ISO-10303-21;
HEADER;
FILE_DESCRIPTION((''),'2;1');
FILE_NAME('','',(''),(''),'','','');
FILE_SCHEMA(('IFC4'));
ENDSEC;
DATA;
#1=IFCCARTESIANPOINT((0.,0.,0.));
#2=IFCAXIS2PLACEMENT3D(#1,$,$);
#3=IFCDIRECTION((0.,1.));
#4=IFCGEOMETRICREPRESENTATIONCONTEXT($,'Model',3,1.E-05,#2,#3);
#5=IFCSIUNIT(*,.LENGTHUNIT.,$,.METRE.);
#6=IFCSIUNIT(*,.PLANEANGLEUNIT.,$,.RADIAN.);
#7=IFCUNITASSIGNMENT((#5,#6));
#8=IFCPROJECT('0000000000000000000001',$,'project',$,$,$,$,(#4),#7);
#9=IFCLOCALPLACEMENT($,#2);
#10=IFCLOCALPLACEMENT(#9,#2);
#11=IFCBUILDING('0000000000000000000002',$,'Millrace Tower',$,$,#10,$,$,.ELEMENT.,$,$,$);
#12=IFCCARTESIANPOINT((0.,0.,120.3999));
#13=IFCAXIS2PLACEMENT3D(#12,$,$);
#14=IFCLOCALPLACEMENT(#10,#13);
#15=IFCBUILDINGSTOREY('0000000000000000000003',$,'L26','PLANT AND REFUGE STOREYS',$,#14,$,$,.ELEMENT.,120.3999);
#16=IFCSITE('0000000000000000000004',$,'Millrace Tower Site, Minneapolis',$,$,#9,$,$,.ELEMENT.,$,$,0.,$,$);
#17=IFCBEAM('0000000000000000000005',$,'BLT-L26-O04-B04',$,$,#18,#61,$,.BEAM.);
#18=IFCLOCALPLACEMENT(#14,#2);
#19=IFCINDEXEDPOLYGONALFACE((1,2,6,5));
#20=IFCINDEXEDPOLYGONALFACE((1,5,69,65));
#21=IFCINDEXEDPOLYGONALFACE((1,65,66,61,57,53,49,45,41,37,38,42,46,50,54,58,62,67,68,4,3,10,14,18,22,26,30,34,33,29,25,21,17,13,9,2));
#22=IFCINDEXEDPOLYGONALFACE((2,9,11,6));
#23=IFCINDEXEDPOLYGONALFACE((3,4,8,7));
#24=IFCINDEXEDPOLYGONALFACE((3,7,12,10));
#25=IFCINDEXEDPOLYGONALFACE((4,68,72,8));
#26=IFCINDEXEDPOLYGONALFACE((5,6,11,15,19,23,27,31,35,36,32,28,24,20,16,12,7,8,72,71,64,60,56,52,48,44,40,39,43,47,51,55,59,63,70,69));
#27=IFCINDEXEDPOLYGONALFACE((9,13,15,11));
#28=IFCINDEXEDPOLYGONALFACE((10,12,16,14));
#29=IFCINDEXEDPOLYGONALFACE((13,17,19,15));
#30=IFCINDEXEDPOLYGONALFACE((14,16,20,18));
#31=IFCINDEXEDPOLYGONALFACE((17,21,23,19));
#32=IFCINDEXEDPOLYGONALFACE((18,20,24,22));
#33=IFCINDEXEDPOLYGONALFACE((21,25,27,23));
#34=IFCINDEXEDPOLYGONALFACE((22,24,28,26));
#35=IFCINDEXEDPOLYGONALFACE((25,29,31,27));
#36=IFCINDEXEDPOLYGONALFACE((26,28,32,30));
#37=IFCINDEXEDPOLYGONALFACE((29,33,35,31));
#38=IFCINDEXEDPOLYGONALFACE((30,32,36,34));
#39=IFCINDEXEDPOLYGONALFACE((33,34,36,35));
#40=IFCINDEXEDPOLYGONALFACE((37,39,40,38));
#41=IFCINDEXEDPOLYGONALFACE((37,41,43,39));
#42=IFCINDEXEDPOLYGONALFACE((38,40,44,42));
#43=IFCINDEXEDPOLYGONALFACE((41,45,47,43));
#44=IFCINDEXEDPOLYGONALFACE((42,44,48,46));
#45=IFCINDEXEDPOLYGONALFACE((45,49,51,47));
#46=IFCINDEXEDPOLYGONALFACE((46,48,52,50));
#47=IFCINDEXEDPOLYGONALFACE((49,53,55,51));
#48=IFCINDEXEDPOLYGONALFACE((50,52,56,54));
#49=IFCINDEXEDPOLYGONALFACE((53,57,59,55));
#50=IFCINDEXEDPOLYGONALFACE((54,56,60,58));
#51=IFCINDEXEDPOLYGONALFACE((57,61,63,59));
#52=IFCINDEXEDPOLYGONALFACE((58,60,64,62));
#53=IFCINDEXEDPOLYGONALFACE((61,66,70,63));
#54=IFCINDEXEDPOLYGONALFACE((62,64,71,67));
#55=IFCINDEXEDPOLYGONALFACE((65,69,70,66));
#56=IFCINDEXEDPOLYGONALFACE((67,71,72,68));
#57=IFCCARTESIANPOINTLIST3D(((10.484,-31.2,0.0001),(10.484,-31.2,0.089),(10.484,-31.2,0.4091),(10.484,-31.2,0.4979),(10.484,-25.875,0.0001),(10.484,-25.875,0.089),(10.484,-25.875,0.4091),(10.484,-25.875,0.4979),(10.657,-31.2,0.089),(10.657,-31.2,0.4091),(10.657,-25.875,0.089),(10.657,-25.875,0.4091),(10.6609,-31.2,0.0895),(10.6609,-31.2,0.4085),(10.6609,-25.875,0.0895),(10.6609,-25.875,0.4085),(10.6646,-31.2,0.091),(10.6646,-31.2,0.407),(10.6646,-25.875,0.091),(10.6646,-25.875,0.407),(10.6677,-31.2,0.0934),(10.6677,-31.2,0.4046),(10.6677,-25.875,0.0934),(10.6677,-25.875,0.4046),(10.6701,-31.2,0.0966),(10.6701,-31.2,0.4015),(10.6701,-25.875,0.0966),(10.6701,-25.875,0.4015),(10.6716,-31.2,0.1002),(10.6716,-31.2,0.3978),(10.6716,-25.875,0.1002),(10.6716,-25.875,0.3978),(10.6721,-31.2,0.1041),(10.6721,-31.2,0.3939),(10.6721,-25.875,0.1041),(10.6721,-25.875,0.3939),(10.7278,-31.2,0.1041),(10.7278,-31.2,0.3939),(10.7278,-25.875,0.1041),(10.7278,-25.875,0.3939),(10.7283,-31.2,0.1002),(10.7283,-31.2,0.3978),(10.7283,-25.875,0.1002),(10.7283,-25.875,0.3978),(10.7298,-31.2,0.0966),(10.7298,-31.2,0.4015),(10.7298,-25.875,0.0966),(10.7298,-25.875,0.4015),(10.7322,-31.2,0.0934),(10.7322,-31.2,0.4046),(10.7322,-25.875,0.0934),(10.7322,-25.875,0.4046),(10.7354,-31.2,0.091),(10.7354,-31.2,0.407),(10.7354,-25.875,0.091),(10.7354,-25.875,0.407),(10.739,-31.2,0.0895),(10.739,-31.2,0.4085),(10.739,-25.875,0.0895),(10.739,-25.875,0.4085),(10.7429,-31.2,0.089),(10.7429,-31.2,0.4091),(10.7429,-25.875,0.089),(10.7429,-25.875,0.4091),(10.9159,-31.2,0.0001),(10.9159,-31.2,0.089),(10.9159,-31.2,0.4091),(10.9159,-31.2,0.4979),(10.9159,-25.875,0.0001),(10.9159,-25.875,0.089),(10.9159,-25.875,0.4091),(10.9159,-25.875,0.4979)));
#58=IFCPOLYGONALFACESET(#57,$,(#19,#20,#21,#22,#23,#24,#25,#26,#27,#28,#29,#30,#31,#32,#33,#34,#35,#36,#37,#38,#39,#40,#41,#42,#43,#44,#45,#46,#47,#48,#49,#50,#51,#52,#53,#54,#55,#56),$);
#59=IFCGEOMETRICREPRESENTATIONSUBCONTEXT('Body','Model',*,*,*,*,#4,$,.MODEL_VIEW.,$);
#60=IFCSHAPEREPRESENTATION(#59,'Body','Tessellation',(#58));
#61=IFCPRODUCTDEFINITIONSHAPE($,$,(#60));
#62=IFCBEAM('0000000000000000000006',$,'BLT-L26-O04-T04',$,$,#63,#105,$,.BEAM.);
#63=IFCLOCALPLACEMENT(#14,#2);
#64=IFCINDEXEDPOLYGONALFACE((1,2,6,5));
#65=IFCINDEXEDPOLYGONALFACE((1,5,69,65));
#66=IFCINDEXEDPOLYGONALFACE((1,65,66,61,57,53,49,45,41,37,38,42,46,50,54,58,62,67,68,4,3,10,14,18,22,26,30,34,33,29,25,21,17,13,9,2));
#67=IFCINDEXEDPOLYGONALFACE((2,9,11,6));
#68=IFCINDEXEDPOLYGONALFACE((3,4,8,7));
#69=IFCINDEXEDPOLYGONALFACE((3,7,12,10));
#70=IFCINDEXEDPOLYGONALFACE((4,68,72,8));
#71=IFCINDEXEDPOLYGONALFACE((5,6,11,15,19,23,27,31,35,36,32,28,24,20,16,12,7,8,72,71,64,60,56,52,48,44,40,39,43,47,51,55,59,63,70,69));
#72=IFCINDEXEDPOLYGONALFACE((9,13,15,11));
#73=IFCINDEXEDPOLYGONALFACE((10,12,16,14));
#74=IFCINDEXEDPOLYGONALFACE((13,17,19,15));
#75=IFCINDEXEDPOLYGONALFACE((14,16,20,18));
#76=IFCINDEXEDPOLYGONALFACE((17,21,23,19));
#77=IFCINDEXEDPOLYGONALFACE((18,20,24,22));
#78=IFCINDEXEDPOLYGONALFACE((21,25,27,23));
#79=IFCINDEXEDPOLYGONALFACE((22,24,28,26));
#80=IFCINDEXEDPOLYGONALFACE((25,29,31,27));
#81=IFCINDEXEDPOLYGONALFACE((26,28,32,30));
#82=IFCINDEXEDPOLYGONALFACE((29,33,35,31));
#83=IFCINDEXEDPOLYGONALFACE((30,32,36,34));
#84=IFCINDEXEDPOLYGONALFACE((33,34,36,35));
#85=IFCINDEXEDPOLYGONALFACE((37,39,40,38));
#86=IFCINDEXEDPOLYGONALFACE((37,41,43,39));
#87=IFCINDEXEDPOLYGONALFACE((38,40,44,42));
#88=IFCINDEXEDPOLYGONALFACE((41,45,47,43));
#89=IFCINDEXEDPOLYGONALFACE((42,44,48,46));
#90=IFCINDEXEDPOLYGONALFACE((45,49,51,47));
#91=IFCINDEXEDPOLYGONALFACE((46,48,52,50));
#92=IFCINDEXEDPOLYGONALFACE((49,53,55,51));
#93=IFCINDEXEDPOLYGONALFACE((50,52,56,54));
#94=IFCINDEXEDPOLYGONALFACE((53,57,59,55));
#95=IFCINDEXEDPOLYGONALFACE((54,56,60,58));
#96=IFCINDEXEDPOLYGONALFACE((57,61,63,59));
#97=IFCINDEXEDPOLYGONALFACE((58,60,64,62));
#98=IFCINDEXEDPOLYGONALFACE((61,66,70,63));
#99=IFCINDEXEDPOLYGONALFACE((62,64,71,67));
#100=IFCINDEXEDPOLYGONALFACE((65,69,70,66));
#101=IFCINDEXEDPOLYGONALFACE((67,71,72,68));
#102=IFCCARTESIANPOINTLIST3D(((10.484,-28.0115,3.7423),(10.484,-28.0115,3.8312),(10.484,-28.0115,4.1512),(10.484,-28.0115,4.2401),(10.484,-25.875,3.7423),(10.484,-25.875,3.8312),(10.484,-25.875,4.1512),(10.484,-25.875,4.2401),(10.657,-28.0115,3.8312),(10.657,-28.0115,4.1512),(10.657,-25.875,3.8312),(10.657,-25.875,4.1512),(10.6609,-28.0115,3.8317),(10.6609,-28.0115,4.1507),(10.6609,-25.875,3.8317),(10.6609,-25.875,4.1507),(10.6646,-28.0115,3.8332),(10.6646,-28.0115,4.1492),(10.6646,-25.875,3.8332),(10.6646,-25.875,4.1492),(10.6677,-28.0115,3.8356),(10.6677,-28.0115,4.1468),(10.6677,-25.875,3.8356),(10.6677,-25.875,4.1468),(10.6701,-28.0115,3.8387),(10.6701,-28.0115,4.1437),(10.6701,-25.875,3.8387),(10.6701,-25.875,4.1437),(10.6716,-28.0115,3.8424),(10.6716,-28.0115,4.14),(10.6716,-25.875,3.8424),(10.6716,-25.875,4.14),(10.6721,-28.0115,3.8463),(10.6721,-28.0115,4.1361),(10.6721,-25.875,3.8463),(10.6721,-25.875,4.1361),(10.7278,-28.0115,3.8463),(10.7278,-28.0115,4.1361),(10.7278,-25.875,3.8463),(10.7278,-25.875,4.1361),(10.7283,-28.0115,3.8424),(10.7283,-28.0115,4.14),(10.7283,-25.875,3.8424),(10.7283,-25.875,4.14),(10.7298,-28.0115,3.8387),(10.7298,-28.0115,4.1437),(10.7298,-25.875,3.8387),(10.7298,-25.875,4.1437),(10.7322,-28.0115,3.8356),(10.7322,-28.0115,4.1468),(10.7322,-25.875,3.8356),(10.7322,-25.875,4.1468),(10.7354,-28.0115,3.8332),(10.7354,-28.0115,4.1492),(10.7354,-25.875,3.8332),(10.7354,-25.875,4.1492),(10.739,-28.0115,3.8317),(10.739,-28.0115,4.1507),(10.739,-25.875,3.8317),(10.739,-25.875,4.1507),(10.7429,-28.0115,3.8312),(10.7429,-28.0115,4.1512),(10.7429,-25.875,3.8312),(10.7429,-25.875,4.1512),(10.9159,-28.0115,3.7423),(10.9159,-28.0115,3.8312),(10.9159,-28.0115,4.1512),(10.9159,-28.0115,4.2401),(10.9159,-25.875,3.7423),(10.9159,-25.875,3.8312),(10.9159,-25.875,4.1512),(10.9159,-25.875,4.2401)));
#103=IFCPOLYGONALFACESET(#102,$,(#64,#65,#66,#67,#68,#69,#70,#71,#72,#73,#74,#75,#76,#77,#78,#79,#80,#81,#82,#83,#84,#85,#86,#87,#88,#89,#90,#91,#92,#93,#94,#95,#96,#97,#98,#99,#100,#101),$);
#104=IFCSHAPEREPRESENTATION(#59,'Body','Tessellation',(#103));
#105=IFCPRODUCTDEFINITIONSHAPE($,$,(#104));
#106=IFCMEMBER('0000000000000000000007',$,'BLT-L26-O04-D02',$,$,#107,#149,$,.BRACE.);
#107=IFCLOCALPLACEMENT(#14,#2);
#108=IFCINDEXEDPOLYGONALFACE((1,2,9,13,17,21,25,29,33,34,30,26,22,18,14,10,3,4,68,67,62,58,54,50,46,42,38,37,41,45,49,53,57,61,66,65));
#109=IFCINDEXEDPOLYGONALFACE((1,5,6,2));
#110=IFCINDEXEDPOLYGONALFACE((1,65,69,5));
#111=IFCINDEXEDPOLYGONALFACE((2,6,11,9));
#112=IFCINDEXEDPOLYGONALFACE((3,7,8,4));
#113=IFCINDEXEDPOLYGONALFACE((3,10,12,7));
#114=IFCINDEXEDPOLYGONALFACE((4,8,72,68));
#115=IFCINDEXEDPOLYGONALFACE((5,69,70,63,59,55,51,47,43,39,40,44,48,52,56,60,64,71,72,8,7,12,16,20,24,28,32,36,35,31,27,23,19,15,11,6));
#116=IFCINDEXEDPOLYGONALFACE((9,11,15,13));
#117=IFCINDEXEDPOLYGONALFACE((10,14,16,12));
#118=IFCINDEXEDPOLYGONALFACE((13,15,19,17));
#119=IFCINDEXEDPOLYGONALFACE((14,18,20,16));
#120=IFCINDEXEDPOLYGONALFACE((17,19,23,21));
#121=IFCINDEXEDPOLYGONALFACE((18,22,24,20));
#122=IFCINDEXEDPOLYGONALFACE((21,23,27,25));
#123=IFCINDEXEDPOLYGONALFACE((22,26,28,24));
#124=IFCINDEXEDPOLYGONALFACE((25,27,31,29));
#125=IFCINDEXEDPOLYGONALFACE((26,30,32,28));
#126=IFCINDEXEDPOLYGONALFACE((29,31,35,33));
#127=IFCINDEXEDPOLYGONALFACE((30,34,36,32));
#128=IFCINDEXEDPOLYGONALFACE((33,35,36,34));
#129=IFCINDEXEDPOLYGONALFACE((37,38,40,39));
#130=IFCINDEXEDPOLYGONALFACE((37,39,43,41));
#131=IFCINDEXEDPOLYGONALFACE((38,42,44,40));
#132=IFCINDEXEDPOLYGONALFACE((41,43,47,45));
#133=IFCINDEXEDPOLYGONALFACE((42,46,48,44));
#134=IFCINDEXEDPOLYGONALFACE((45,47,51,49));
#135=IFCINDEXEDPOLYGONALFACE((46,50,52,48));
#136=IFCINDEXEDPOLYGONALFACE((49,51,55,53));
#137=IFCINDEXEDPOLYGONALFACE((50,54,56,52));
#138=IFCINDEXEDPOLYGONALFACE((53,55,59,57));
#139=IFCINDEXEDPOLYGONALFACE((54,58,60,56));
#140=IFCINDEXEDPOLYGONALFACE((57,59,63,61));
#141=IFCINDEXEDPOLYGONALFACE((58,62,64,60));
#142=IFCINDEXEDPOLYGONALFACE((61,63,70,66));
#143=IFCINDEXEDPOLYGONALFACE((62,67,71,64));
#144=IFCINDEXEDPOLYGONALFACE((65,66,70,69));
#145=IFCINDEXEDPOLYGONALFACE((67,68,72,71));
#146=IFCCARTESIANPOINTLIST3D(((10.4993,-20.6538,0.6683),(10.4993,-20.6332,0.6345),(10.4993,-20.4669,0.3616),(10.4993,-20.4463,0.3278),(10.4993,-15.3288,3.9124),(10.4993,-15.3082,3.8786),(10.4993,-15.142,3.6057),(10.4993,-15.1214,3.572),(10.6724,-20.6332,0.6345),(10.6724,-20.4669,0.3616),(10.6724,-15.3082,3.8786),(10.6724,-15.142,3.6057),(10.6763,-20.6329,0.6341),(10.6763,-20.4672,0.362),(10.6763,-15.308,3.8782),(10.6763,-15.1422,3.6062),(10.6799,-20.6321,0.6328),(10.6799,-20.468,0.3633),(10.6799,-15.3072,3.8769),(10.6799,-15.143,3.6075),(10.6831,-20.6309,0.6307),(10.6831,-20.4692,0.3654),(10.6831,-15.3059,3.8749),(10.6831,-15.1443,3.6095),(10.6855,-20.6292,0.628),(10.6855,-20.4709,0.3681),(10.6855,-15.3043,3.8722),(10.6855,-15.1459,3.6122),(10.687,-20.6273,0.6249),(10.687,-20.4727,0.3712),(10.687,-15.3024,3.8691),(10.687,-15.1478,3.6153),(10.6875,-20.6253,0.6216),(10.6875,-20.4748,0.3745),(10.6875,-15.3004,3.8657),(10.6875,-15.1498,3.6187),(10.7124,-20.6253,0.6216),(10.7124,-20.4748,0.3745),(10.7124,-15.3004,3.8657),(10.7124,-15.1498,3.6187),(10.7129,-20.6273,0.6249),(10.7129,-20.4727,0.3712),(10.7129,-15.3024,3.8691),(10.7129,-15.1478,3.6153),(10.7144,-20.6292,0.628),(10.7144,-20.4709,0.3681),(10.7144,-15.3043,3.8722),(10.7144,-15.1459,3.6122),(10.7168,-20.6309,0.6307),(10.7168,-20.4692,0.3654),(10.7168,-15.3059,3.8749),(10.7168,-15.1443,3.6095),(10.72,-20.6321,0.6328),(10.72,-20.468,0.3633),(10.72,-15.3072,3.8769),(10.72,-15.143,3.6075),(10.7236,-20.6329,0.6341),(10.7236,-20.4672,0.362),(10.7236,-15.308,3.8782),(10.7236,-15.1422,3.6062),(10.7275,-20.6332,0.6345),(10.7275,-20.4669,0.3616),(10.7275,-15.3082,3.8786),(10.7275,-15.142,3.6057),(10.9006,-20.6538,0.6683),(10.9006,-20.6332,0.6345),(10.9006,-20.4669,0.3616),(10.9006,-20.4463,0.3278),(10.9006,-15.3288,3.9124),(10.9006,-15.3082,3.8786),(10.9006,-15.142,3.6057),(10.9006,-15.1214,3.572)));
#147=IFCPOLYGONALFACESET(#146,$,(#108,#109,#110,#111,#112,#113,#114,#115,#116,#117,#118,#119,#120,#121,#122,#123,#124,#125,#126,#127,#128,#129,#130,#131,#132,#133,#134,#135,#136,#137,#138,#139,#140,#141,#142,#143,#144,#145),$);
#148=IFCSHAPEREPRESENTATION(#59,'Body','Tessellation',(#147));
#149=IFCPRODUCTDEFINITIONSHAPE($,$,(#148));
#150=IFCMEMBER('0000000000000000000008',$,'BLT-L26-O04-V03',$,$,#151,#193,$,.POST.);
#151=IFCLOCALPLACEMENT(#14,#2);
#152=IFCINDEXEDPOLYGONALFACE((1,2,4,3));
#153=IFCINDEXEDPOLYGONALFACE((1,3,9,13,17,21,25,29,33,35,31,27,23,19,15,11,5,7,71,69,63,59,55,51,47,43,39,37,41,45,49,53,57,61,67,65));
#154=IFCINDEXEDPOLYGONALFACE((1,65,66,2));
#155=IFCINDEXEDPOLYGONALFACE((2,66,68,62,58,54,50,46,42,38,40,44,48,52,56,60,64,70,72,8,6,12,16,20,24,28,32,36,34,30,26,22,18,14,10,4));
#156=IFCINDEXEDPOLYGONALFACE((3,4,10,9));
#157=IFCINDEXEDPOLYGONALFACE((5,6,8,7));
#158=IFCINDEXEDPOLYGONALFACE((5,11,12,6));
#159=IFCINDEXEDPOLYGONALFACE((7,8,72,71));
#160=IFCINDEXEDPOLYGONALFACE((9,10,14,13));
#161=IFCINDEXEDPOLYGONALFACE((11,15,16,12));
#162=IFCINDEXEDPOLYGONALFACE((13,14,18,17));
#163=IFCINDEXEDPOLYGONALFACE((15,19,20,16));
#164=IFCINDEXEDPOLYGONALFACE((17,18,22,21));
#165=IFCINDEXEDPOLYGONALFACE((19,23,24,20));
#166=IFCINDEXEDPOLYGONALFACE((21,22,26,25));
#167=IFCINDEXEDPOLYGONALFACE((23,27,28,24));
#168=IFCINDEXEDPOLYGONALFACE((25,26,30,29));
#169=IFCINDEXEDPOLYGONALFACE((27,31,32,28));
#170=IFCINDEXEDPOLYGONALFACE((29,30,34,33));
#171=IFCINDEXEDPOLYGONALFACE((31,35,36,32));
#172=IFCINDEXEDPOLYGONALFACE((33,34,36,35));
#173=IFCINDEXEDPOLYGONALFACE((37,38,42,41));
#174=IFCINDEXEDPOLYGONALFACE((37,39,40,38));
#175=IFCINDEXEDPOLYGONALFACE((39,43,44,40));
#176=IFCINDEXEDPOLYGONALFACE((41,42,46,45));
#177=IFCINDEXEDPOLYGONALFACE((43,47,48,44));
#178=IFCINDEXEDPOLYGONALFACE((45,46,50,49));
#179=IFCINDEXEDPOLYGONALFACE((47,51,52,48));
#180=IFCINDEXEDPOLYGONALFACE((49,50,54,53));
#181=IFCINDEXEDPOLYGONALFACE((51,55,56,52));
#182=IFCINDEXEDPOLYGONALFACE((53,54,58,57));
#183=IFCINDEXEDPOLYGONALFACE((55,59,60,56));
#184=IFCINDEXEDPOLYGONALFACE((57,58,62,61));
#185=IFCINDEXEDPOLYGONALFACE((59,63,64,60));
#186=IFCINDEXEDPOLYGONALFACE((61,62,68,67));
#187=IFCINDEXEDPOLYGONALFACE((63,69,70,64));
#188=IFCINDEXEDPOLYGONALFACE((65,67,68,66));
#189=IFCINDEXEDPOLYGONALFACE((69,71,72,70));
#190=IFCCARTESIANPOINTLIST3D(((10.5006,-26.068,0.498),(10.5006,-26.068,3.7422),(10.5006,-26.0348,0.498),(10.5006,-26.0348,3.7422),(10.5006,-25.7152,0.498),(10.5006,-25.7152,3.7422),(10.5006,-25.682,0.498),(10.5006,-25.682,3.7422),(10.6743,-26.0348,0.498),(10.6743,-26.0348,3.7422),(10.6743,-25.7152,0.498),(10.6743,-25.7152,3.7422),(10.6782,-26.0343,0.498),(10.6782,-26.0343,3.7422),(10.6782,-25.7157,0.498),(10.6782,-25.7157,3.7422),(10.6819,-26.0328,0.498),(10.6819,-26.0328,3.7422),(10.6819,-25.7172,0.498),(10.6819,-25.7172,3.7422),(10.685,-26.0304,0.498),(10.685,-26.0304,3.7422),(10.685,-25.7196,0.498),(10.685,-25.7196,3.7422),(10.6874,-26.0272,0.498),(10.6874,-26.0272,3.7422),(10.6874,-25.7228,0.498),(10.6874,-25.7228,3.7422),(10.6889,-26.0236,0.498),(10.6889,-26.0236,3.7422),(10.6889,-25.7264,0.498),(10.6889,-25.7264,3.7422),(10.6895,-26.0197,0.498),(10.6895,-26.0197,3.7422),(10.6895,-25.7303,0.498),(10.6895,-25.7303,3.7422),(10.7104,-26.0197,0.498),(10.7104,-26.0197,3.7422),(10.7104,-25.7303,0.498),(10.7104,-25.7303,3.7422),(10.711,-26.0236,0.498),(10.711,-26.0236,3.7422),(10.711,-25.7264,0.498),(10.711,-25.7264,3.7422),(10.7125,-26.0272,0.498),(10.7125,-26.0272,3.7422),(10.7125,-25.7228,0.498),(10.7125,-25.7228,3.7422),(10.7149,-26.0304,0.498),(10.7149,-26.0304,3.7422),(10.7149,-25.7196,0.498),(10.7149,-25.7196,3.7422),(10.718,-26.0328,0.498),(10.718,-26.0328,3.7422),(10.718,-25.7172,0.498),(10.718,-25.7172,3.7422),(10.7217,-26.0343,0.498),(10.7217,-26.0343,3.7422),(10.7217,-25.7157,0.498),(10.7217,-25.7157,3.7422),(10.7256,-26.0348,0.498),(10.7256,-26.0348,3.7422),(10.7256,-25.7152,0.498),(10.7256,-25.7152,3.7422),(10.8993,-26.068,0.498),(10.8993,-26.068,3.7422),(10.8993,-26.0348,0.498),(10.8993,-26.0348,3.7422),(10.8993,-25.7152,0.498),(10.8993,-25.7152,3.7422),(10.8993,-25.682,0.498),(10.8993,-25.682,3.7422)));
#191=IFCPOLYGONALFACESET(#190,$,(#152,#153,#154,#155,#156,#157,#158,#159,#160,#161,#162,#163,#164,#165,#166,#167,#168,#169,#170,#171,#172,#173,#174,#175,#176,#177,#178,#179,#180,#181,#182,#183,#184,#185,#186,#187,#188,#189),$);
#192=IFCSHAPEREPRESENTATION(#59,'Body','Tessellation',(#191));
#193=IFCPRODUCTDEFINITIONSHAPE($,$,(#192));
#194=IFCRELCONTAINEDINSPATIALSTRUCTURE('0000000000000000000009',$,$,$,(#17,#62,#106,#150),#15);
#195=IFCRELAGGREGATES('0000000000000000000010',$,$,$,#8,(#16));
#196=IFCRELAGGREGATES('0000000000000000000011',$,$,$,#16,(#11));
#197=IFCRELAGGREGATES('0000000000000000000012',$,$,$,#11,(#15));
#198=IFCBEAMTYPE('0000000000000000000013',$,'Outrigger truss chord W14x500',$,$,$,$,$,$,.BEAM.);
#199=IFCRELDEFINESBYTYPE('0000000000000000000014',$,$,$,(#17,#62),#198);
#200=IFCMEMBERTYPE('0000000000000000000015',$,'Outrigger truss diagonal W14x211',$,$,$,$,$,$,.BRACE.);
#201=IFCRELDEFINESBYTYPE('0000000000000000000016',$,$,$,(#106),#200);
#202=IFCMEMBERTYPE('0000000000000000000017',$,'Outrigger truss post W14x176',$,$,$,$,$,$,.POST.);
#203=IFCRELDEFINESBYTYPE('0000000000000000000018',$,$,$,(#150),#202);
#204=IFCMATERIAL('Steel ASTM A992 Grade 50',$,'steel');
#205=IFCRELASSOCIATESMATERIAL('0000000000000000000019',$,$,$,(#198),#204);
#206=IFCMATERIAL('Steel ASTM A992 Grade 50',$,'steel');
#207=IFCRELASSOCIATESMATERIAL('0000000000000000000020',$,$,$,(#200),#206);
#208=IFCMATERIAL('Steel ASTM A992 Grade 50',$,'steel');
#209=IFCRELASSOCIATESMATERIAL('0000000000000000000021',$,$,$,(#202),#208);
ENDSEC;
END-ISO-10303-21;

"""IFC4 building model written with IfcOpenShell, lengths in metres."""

from ifc_helpers import new_model, si_unit, direction, frame, origin, origin_2d, place, context, subcontext, project, spatial, i_section, extrude, material, material_profile, profile_set, type_object, element, save


model = new_model("IFC4")

# Units and contexts
model_context = context("Model", 3, precision=1e-05, world=origin(), true_north=direction((0.0, 1.0)))
body_context = subcontext(model_context, "Body", "Model", "MODEL_VIEW")
ifc_project = project(units=[si_unit("LENGTHUNIT", "METRE"), si_unit("PLANEANGLEUNIT", "RADIAN")], contexts=[model_context])

# Site, building, storey
site_placement = place(None, origin())
site = spatial("IfcSite", under=ifc_project, at=site_placement, Name="Millrace Tower Site, Minneapolis", CompositionType="ELEMENT", RefElevation=0.0)
building_placement = place(site_placement, origin())
building = spatial("IfcBuilding", under=site, at=building_placement, Name="Millrace Tower", CompositionType="ELEMENT")
storey_placement = place(building_placement, frame((0.0, 0.0, 120.3999)))
storey = spatial("IfcBuildingStorey", under=building, at=storey_placement, Name="L26", Description="PLANT AND REFUGE STOREYS", CompositionType="ELEMENT", Elevation=120.3999)

# Beams
ifc_material_1 = material(Name="Steel ASTM A992 Grade 50", Category="steel")
ifc_material_profile_1 = material_profile(ifc_material_1, i_section(OverallWidth=0.4319, OverallDepth=0.4978, WebThickness=0.0557, FlangeThickness=0.0889, FilletRadius=0.0151, at=origin_2d()))
ifc_profile_set_1 = profile_set([ifc_material_profile_1], Name="Steel ASTM A992 Grade 50")
beam_type_1 = type_object("IfcBeamType", Name="Outrigger truss chord W14x500", PredefinedType="BEAM", material=ifc_profile_set_1)
beam_1_placement = place(storey_placement, frame((10.7, -25.875, 0.249), z_axis=(0.0, -1.0, 0.0), x_axis=(1.0, 0.0, 0.0)))
element("IfcBeam", 1, at=beam_1_placement, inside=storey, type_object=beam_type_1, Name="BLT-L26-O04-B04", PredefinedType="BEAM", context=body_context, shape_type="SweptSolid", body=[
    extrude(i_section(OverallWidth=0.4319, OverallDepth=0.4978, WebThickness=0.0557, FlangeThickness=0.0889, FilletRadius=0.0151, at=origin_2d()), origin(), (0.0, 0.0, 1.0), 5.325),
])
beam_2_placement = place(storey_placement, frame((10.7, -25.875, 3.9912), z_axis=(0.0, -1.0, 0.0), x_axis=(1.0, 0.0, 0.0)))
element("IfcBeam", 2, at=beam_2_placement, inside=storey, type_object=beam_type_1, Name="BLT-L26-O04-T04", PredefinedType="BEAM", context=body_context, shape_type="SweptSolid", body=[
    extrude(i_section(OverallWidth=0.4319, OverallDepth=0.4978, WebThickness=0.0557, FlangeThickness=0.0889, FilletRadius=0.0151, at=origin_2d()), origin(), (0.0, 0.0, 1.0), 2.1365),
])

# Members
ifc_material_2 = material(Name="Steel ASTM A992 Grade 50", Category="steel")
ifc_material_profile_2 = material_profile(ifc_material_2, i_section(OverallWidth=0.4014, OverallDepth=0.3987, WebThickness=0.0249, FlangeThickness=0.0396, FilletRadius=0.0151, at=origin_2d()))
ifc_profile_set_2 = profile_set([ifc_material_profile_2], Name="Steel ASTM A992 Grade 50")
member_type_1 = type_object("IfcMemberType", Name="Outrigger truss diagonal W14x211", PredefinedType="BRACE", material=ifc_profile_set_2)
member_1_placement = place(storey_placement, frame((10.7, -20.55, 0.498), z_axis=(0.0, 0.853994, 0.520282), x_axis=(-1.0, 0.0, 0.0)))
element("IfcMember", 3, at=member_1_placement, inside=storey, type_object=member_type_1, Name="BLT-L26-O04-D02", PredefinedType="BRACE", context=body_context, shape_type="SweptSolid", body=[
    extrude(i_section(OverallWidth=0.4014, OverallDepth=0.3987, WebThickness=0.0249, FlangeThickness=0.0396, FilletRadius=0.0151, at=origin_2d()), origin(), (0.0, 0.0, 1.0), 6.2354),
])
ifc_material_3 = material(Name="Steel ASTM A992 Grade 50", Category="steel")
ifc_material_profile_3 = material_profile(ifc_material_3, i_section(OverallWidth=0.3987, OverallDepth=0.386, WebThickness=0.021, FlangeThickness=0.0332, FilletRadius=0.0151, at=origin_2d()))
ifc_profile_set_3 = profile_set([ifc_material_profile_3], Name="Steel ASTM A992 Grade 50")
member_type_2 = type_object("IfcMemberType", Name="Outrigger truss post W14x176", PredefinedType="POST", material=ifc_profile_set_3)
member_2_placement = place(storey_placement, frame((10.7, -25.875, 0.498), z_axis=(0.0, 0.0, 1.0), x_axis=(1.0, 0.0, 0.0)))
element("IfcMember", 4, at=member_2_placement, inside=storey, type_object=member_type_2, Name="BLT-L26-O04-V03", PredefinedType="POST", context=body_context, shape_type="SweptSolid", body=[
    extrude(i_section(OverallWidth=0.3987, OverallDepth=0.386, WebThickness=0.021, FlangeThickness=0.0332, FilletRadius=0.0151, at=origin_2d()), origin(), (0.0, 0.0, 1.0), 3.2441),
])

save(model, "model.ifc")
